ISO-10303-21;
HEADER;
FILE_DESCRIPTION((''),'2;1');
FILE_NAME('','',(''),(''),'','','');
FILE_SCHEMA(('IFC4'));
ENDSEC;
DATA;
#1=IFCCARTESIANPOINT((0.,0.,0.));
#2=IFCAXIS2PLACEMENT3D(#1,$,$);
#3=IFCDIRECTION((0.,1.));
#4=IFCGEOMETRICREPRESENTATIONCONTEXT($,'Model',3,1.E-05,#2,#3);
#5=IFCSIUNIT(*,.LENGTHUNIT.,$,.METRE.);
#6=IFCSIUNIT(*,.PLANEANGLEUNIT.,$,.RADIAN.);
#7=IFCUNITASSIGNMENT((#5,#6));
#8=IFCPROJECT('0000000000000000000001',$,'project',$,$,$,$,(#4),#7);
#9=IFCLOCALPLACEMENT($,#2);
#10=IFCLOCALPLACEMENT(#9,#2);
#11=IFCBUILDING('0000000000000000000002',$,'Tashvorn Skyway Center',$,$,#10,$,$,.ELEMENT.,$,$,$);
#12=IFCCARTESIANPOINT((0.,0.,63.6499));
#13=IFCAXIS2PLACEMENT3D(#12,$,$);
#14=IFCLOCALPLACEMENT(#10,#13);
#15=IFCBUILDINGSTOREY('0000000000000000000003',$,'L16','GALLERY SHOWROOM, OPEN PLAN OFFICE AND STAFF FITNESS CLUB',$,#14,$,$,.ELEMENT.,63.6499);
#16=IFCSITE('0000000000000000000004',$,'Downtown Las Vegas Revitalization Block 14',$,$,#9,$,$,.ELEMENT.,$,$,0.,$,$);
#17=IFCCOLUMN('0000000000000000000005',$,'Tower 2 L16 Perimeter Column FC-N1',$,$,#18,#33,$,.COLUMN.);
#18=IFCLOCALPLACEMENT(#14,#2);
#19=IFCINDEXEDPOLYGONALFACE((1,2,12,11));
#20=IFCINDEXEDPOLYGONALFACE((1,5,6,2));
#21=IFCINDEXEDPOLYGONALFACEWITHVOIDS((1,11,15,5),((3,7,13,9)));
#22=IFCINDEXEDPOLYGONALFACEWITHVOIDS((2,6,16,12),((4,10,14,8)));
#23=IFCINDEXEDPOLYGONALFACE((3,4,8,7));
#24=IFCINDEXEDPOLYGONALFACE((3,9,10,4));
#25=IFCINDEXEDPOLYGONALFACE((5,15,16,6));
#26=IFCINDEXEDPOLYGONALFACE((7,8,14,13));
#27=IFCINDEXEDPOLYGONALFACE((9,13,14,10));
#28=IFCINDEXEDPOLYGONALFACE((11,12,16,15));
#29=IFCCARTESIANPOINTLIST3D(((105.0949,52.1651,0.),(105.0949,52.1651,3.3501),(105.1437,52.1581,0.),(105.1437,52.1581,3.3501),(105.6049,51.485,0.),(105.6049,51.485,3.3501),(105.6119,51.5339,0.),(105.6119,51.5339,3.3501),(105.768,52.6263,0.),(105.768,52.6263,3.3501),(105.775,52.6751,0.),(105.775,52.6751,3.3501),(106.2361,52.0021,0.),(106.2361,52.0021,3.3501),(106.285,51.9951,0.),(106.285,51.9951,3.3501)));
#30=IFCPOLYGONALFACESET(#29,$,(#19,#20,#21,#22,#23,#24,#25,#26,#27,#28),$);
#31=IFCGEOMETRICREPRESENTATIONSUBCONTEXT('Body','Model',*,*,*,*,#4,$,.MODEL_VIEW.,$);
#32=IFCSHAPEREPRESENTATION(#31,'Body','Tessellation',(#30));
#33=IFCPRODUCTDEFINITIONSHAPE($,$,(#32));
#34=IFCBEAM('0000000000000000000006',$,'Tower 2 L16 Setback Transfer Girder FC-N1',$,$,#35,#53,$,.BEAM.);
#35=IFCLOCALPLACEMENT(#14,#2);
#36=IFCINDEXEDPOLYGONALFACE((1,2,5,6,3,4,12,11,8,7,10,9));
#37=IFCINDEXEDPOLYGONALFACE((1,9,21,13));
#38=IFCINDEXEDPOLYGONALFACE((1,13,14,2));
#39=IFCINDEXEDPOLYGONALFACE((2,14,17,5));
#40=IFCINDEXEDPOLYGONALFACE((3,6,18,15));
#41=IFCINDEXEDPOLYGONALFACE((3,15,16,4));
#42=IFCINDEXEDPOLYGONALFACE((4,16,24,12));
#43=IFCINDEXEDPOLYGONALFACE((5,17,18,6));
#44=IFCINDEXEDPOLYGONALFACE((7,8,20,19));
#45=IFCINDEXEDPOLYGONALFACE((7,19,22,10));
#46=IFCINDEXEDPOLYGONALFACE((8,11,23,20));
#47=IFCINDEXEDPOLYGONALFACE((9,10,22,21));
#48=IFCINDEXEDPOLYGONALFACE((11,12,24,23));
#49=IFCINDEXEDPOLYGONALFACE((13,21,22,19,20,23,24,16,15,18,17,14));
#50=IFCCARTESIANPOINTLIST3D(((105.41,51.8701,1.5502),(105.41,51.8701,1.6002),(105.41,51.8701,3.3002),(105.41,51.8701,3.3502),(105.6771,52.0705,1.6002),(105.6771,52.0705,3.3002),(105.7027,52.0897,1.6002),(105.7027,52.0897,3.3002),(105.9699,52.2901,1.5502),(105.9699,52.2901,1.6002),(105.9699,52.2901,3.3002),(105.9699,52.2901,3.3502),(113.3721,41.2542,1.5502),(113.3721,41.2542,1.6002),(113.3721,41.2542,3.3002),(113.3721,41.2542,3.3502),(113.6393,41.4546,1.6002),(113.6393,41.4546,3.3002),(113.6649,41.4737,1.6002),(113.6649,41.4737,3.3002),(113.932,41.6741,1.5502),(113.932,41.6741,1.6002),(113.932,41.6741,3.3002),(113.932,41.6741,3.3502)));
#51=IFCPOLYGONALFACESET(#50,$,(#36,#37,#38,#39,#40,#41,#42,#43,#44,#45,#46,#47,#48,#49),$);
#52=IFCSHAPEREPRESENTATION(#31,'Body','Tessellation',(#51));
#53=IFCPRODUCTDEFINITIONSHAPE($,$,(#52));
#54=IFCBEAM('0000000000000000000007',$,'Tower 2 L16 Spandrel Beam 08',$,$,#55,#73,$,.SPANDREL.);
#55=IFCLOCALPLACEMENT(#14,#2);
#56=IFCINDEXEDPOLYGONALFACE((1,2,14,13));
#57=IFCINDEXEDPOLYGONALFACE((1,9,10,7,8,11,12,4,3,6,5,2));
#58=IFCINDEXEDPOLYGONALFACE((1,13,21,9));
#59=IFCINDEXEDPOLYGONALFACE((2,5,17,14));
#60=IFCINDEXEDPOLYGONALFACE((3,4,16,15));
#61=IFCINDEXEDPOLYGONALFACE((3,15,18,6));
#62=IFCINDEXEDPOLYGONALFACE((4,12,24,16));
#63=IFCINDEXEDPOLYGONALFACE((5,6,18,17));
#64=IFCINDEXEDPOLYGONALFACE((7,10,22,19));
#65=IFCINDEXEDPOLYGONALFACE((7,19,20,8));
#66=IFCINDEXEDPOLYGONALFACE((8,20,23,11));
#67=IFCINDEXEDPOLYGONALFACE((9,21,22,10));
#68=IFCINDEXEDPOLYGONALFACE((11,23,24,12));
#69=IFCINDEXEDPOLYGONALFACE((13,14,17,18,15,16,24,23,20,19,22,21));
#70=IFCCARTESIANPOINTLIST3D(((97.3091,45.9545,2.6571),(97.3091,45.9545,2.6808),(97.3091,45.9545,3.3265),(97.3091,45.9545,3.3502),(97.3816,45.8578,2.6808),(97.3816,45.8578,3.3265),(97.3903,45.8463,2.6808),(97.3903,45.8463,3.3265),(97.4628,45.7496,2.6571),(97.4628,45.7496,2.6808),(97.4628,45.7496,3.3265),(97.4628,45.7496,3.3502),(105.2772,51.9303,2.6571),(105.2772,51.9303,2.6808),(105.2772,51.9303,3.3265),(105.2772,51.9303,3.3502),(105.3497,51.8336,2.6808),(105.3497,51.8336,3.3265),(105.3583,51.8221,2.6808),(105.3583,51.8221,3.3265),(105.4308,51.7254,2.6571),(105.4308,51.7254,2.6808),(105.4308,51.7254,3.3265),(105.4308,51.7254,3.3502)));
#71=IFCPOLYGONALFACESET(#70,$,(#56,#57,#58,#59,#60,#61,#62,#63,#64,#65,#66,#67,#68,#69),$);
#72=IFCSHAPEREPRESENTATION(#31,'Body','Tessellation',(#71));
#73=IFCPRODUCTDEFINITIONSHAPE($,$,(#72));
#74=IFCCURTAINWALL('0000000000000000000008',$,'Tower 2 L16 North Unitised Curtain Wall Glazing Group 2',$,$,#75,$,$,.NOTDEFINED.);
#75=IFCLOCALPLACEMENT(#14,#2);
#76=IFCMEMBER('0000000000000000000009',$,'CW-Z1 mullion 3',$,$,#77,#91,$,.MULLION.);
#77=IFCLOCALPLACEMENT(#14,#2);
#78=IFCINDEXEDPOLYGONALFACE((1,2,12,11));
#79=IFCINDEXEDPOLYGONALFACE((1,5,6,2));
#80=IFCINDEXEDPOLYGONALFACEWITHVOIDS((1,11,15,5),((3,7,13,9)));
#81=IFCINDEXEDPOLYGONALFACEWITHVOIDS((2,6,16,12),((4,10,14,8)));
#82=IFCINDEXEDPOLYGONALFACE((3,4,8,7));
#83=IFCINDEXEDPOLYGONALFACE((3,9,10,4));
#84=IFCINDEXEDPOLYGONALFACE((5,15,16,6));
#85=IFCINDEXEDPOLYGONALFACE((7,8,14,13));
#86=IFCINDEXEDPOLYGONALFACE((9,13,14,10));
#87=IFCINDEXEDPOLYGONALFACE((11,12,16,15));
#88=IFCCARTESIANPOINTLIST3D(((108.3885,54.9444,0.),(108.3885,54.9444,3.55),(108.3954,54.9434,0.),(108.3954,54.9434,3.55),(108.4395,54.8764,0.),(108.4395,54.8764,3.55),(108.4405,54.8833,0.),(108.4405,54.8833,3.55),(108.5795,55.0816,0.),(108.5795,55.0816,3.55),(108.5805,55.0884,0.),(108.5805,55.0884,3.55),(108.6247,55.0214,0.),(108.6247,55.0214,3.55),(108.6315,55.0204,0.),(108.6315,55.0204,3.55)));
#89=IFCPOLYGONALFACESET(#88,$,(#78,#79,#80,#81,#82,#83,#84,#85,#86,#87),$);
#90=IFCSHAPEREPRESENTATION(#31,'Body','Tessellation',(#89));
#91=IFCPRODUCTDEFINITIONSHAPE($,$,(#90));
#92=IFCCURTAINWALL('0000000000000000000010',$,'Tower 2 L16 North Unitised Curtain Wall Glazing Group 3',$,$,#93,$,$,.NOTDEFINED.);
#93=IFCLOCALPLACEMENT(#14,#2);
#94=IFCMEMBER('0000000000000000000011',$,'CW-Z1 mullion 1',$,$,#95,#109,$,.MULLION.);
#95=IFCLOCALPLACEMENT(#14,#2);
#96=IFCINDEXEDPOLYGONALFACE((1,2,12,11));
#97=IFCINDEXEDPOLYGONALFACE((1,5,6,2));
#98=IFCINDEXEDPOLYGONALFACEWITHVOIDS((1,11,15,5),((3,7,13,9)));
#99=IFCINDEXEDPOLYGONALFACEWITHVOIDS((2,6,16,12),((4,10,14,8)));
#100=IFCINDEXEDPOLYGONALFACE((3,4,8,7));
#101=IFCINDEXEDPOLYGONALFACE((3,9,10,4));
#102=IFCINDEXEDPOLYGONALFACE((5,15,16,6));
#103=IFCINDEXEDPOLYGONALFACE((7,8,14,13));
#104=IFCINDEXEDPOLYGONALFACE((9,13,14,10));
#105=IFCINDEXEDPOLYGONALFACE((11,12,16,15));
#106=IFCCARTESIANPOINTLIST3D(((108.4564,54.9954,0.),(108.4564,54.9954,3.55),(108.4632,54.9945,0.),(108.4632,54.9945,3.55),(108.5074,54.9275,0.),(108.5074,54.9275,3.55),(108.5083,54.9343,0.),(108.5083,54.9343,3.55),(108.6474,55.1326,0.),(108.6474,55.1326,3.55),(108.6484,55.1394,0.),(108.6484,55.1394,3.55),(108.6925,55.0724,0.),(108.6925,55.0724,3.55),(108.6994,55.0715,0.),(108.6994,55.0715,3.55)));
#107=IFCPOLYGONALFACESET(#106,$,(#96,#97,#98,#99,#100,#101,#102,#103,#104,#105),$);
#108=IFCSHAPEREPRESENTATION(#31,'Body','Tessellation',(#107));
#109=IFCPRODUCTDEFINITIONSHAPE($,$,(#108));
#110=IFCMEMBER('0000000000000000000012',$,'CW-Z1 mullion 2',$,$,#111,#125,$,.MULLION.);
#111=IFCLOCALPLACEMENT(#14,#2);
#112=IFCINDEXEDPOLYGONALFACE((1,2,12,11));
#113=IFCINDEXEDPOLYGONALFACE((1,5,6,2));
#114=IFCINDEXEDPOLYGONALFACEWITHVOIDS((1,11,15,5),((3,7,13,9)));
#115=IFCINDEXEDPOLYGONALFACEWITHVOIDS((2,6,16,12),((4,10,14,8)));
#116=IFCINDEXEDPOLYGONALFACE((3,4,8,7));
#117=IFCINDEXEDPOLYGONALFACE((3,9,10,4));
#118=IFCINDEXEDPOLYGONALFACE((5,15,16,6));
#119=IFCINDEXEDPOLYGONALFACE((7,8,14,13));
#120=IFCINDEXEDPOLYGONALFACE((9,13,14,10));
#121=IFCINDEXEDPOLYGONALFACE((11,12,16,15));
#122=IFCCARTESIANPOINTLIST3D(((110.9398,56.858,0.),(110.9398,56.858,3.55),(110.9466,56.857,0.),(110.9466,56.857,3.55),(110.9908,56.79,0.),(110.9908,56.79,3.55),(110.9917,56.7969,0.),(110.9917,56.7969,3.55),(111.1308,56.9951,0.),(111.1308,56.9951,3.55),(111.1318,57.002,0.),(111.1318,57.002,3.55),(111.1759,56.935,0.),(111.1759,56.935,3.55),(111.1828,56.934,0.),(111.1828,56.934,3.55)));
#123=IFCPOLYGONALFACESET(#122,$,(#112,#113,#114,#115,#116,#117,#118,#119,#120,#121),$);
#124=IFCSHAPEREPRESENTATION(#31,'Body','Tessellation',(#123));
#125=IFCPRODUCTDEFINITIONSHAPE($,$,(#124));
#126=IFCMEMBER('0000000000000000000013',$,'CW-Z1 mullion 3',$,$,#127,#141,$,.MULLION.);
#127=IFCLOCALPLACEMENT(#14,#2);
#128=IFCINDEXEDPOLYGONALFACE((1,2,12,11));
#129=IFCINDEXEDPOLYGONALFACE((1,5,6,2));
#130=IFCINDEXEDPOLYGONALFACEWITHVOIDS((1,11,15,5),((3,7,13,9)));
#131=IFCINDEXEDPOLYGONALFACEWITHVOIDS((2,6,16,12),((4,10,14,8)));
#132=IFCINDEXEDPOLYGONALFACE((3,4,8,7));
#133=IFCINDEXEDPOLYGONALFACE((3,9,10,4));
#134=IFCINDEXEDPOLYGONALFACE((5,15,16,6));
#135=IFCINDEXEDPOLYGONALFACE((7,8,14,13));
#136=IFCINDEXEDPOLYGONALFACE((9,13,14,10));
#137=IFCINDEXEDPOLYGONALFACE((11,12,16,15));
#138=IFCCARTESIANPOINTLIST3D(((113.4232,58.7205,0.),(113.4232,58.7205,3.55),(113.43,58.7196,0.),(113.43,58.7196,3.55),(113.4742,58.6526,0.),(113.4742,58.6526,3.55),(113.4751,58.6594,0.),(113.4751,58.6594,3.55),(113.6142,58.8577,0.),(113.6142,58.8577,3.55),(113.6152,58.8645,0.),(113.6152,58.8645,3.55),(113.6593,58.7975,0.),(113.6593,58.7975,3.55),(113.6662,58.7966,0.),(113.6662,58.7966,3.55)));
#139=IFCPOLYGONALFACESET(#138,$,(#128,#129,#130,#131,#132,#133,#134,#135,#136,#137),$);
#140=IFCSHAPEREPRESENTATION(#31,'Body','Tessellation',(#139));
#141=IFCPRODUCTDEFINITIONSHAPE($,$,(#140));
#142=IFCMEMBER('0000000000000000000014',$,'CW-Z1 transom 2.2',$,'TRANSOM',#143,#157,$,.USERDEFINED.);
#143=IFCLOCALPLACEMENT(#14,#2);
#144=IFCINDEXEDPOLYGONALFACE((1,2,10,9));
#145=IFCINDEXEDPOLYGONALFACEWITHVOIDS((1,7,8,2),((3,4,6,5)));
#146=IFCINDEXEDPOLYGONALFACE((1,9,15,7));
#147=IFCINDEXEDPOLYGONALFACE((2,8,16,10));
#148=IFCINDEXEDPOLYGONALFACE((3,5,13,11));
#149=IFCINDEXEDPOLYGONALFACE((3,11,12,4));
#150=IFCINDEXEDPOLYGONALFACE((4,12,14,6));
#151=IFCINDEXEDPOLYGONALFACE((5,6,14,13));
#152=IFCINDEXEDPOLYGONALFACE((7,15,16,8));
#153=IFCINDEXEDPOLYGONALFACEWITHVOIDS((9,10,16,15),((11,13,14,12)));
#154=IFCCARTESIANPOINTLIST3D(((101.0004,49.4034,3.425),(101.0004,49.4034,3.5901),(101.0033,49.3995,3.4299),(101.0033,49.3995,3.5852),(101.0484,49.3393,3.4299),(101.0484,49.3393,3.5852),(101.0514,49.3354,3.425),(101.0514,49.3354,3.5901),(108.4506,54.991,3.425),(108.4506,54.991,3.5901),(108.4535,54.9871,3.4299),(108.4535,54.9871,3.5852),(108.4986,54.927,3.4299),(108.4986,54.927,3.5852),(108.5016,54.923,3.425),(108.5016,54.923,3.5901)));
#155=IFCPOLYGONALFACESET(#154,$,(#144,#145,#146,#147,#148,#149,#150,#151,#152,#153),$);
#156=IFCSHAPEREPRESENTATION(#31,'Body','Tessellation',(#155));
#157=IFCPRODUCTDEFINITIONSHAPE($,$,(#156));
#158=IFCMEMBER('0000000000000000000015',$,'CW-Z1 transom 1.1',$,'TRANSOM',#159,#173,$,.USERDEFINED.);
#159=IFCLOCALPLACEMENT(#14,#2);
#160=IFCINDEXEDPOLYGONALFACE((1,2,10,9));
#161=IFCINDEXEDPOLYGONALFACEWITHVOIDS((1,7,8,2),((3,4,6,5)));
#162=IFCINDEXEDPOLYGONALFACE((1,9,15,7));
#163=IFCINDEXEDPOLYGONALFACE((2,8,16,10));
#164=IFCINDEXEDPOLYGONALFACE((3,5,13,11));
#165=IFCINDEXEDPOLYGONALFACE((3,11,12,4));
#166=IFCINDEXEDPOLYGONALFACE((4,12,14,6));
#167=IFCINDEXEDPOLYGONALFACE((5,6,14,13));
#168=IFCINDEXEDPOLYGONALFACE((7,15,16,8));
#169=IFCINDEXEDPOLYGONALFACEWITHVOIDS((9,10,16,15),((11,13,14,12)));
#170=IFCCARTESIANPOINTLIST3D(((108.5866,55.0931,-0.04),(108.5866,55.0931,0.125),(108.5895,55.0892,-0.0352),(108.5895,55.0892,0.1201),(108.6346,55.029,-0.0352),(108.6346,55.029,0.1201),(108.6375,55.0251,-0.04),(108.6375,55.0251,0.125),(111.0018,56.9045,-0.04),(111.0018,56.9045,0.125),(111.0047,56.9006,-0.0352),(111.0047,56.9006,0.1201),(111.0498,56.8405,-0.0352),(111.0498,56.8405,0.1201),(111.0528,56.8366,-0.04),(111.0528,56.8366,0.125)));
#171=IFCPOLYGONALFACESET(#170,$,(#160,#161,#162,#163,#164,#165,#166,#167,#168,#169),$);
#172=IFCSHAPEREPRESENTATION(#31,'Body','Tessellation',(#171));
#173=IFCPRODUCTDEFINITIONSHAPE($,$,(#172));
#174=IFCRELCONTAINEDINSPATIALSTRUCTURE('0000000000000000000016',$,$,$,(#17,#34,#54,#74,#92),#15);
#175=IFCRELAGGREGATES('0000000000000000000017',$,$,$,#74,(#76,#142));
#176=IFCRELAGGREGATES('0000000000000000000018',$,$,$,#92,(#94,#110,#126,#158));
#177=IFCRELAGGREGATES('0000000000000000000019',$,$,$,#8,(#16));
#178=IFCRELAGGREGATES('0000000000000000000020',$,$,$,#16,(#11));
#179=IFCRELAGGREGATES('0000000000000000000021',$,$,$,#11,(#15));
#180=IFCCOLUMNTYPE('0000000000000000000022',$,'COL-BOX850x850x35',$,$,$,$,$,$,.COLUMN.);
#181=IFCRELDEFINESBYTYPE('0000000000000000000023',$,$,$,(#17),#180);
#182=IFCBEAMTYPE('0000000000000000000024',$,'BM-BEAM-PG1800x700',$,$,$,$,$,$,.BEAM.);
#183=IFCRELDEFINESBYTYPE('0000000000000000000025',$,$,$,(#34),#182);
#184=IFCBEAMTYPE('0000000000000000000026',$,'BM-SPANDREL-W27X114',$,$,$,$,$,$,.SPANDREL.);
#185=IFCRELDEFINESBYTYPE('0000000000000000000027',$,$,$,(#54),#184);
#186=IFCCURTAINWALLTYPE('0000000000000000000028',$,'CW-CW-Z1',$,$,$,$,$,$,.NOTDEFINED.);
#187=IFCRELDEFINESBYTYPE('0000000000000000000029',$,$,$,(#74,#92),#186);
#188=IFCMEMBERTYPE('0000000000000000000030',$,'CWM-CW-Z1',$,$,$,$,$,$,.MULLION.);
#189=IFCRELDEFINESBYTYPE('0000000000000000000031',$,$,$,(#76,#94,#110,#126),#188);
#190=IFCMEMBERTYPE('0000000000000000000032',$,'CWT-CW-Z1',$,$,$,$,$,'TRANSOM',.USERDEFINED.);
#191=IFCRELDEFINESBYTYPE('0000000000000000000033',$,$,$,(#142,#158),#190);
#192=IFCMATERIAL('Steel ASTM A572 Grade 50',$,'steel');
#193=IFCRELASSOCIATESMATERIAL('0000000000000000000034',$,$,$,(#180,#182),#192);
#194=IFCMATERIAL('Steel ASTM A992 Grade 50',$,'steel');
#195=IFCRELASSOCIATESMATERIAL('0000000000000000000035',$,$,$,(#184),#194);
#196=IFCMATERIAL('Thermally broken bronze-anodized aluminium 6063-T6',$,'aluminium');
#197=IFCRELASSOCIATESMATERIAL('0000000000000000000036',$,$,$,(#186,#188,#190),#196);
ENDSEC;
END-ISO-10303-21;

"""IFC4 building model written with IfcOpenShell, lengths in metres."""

from ifc_helpers import new_model, si_unit, direction, frame, origin, origin_2d, place, context, subcontext, project, spatial, hollow_rectangle, i_section, extrude, material, material_profile, profile_set, type_object, element, aggregate, save


model = new_model("IFC4")

# Units and contexts
model_context = context("Model", 3, precision=1e-05, world=origin(), true_north=direction((0.0, 1.0)))
body_context = subcontext(model_context, "Body", "Model", "MODEL_VIEW")
ifc_project = project(units=[si_unit("LENGTHUNIT", "METRE"), si_unit("PLANEANGLEUNIT", "RADIAN")], contexts=[model_context])

# Site, building, storey
site_placement = place(None, origin())
site = spatial("IfcSite", under=ifc_project, at=site_placement, Name="Downtown Las Vegas Revitalization Block 14", CompositionType="ELEMENT", RefElevation=0.0)
building_placement = place(site_placement, origin())
building = spatial("IfcBuilding", under=site, at=building_placement, Name="Tashvorn Skyway Center", CompositionType="ELEMENT")
storey_placement = place(building_placement, frame((0.0, 0.0, 63.6499)))
storey = spatial("IfcBuildingStorey", under=building, at=storey_placement, Name="L16", Description="GALLERY SHOWROOM, OPEN PLAN OFFICE AND STAFF FITNESS CLUB", CompositionType="ELEMENT", Elevation=63.6499)

# Column
ifc_material_1 = material(Name="Steel ASTM A572 Grade 50", Category="steel")
ifc_material_profile_1 = material_profile(ifc_material_1, hollow_rectangle(XDim=0.8501, YDim=0.8501, WallThickness=0.0349, at=origin_2d()), Name="BOX850x850x35")
ifc_profile_set_1 = profile_set([ifc_material_profile_1], Name="Steel ASTM A572 Grade 50")
column_type = type_object("IfcColumnType", Name="COL-BOX850x850x35", PredefinedType="COLUMN", material=ifc_profile_set_1)
column_placement = place(storey_placement, frame((105.6899, 52.0801, 0.0), z_axis=(0.0, 0.0, 1.0), x_axis=(0.8, 0.6, 0.0)))
element("IfcColumn", 1, at=column_placement, inside=storey, type_object=column_type, Name="Tower 2 L16 Perimeter Column FC-N1", PredefinedType="COLUMN", context=body_context, shape_type="SweptSolid", body=[
    extrude(hollow_rectangle(XDim=0.8501, YDim=0.8501, WallThickness=0.0349, at=origin_2d()), origin(), (0.0, 0.0, 1.0), 3.3501),
])

# Beams
ifc_material_profile_2 = material_profile(ifc_material_1, i_section(OverallWidth=0.7, OverallDepth=1.8, WebThickness=0.032, FlangeThickness=0.05, at=origin_2d()), Name="PG1800x700")
ifc_profile_set_2 = profile_set([ifc_material_profile_2], Name="Steel ASTM A572 Grade 50")
beam_type_1 = type_object("IfcBeamType", Name="BM-BEAM-PG1800x700", PredefinedType="BEAM", material=ifc_profile_set_2)
beam_1_placement = place(storey_placement, frame((105.6899, 52.0801, 2.4502), z_axis=(0.600009, -0.799993, 0.0), x_axis=(0.799993, 0.600009, 0.0)))
element("IfcBeam", 2, at=beam_1_placement, inside=storey, type_object=beam_type_1, Name="Tower 2 L16 Setback Transfer Girder FC-N1", PredefinedType="BEAM", context=body_context, shape_type="SweptSolid", body=[
    extrude(i_section(OverallWidth=0.7, OverallDepth=1.8, WebThickness=0.032, FlangeThickness=0.05, at=origin_2d()), origin(), (0.0, 0.0, 1.0), 13.27),
])
ifc_material_2 = material(Name="Steel ASTM A992 Grade 50", Category="steel")
ifc_material_profile_3 = material_profile(ifc_material_2, i_section(OverallWidth=0.2561, OverallDepth=0.6931, WebThickness=0.0144, FlangeThickness=0.0237, at=origin_2d()), Name="W27X114")
ifc_profile_set_3 = profile_set([ifc_material_profile_3], Name="Steel ASTM A992 Grade 50")
beam_type_2 = type_object("IfcBeamType", Name="BM-SPANDREL-W27X114", PredefinedType="SPANDREL", material=ifc_profile_set_3)
beam_2_placement = place(storey_placement, frame((105.354, 51.8279, 3.0037), z_axis=(-0.800009, -0.599988, 0.0), x_axis=(0.599988, -0.800009, 0.0)))
element("IfcBeam", 3, at=beam_2_placement, inside=storey, type_object=beam_type_2, Name="Tower 2 L16 Spandrel Beam 08", PredefinedType="SPANDREL", context=body_context, shape_type="SweptSolid", body=[
    extrude(i_section(OverallWidth=0.2561, OverallDepth=0.6931, WebThickness=0.0144, FlangeThickness=0.0237, at=origin_2d()), origin(), (0.0, 0.0, 1.0), 9.96),
])

# Curtain wall, member
ifc_material_3 = material(Name="Thermally broken bronze-anodized aluminium 6063-T6", Category="aluminium")
curtain_wall_type = type_object("IfcCurtainWallType", Name="CW-CW-Z1", PredefinedType="NOTDEFINED", material=ifc_material_3)
curtain_wall_1_placement = place(storey_placement, origin())
curtain_wall_1 = element("IfcCurtainWall", 4, at=curtain_wall_1_placement, inside=storey, type_object=curtain_wall_type, Name="Tower 2 L16 North Unitised Curtain Wall Glazing Group 2", PredefinedType="NOTDEFINED")
ifc_material_profile_4 = material_profile(ifc_material_3, hollow_rectangle(XDim=0.085, YDim=0.24, WallThickness=0.0049, at=origin_2d()), Name="ALU-MULL-85x240")
ifc_profile_set_4 = profile_set([ifc_material_profile_4], Name="Thermally broken bronze-anodized aluminium 6063-T6")
member_type_1 = type_object("IfcMemberType", Name="CWM-CW-Z1", PredefinedType="MULLION", material=ifc_profile_set_4)
member_1_placement = place(storey_placement, frame((108.51, 54.9824, 0.0), z_axis=(0.0, 0.0, 1.0), x_axis=(-0.6, 0.8, 0.0)))
member_1 = element("IfcMember", 5, at=member_1_placement, type_object=member_type_1, Name="CW-Z1 mullion 3", PredefinedType="MULLION", context=body_context, shape_type="SweptSolid", body=[
    extrude(hollow_rectangle(XDim=0.085, YDim=0.24, WallThickness=0.0049, at=origin_2d()), origin(), (0.0, 0.0, 1.0), 3.55),
])

# Curtain wall, members
curtain_wall_2_placement = place(storey_placement, origin())
curtain_wall_2 = element("IfcCurtainWall", 6, at=curtain_wall_2_placement, inside=storey, type_object=curtain_wall_type, Name="Tower 2 L16 North Unitised Curtain Wall Glazing Group 3", PredefinedType="NOTDEFINED")
member_2_placement = place(storey_placement, frame((108.5779, 55.0334, 0.0), z_axis=(0.0, 0.0, 1.0), x_axis=(-0.599997, 0.800002, 0.0)))
member_2 = element("IfcMember", 7, at=member_2_placement, type_object=member_type_1, Name="CW-Z1 mullion 1", PredefinedType="MULLION", context=body_context, shape_type="SweptSolid", body=[
    extrude(hollow_rectangle(XDim=0.085, YDim=0.24, WallThickness=0.0049, at=origin_2d()), origin(), (0.0, 0.0, 1.0), 3.55),
])
member_3_placement = place(storey_placement, frame((111.0613, 56.896, 0.0), z_axis=(0.0, 0.0, 1.0), x_axis=(-0.599997, 0.800002, 0.0)))
member_3 = element("IfcMember", 8, at=member_3_placement, type_object=member_type_1, Name="CW-Z1 mullion 2", PredefinedType="MULLION", context=body_context, shape_type="SweptSolid", body=[
    extrude(hollow_rectangle(XDim=0.085, YDim=0.24, WallThickness=0.0049, at=origin_2d()), origin(), (0.0, 0.0, 1.0), 3.55),
])
member_4_placement = place(storey_placement, frame((113.5447, 58.7585, 0.0), z_axis=(0.0, 0.0, 1.0), x_axis=(-0.599997, 0.800002, 0.0)))
member_4 = element("IfcMember", 9, at=member_4_placement, type_object=member_type_1, Name="CW-Z1 mullion 3", PredefinedType="MULLION", context=body_context, shape_type="SweptSolid", body=[
    extrude(hollow_rectangle(XDim=0.085, YDim=0.24, WallThickness=0.0049, at=origin_2d()), origin(), (0.0, 0.0, 1.0), 3.55),
])

# Members
ifc_material_profile_5 = material_profile(ifc_material_3, hollow_rectangle(XDim=0.085, YDim=0.165, WallThickness=0.0049, at=origin_2d()), Name="ALU-TRAN-85x165")
ifc_profile_set_5 = profile_set([ifc_material_profile_5], Name="Thermally broken bronze-anodized aluminium 6063-T6")
member_type_2 = type_object("IfcMemberType", Name="CWT-CW-Z1", ElementType="TRANSOM", PredefinedType="USERDEFINED", material=ifc_profile_set_5)
member_5_placement = place(storey_placement, frame((101.0259, 49.3694, 3.5076), z_axis=(0.8, 0.6, 0.0), x_axis=(-0.6, 0.8, 0.0)))
member_5 = element("IfcMember", 10, at=member_5_placement, type_object=member_type_2, Name="CW-Z1 transom 2.2", ObjectType="TRANSOM", PredefinedType="USERDEFINED", context=body_context, shape_type="SweptSolid", body=[
    extrude(hollow_rectangle(XDim=0.085, YDim=0.165, WallThickness=0.0049, at=origin_2d()), origin(), (0.0, 0.0, 1.0), 9.3127),
])
member_6_placement = place(storey_placement, frame((108.6121, 55.0591, 0.0425), z_axis=(0.79999, 0.600013, 0.0), x_axis=(-0.600013, 0.79999, 0.0)))
member_6 = element("IfcMember", 11, at=member_6_placement, type_object=member_type_2, Name="CW-Z1 transom 1.1", ObjectType="TRANSOM", PredefinedType="USERDEFINED", context=body_context, shape_type="SweptSolid", body=[
    extrude(hollow_rectangle(XDim=0.085, YDim=0.165, WallThickness=0.0049, at=origin_2d()), origin(), (0.0, 0.0, 1.0), 3.019),
])

aggregate(curtain_wall_1, [member_1, member_5])
aggregate(curtain_wall_2, [member_2, member_3, member_4, member_6])

save(model, "model.ifc")
